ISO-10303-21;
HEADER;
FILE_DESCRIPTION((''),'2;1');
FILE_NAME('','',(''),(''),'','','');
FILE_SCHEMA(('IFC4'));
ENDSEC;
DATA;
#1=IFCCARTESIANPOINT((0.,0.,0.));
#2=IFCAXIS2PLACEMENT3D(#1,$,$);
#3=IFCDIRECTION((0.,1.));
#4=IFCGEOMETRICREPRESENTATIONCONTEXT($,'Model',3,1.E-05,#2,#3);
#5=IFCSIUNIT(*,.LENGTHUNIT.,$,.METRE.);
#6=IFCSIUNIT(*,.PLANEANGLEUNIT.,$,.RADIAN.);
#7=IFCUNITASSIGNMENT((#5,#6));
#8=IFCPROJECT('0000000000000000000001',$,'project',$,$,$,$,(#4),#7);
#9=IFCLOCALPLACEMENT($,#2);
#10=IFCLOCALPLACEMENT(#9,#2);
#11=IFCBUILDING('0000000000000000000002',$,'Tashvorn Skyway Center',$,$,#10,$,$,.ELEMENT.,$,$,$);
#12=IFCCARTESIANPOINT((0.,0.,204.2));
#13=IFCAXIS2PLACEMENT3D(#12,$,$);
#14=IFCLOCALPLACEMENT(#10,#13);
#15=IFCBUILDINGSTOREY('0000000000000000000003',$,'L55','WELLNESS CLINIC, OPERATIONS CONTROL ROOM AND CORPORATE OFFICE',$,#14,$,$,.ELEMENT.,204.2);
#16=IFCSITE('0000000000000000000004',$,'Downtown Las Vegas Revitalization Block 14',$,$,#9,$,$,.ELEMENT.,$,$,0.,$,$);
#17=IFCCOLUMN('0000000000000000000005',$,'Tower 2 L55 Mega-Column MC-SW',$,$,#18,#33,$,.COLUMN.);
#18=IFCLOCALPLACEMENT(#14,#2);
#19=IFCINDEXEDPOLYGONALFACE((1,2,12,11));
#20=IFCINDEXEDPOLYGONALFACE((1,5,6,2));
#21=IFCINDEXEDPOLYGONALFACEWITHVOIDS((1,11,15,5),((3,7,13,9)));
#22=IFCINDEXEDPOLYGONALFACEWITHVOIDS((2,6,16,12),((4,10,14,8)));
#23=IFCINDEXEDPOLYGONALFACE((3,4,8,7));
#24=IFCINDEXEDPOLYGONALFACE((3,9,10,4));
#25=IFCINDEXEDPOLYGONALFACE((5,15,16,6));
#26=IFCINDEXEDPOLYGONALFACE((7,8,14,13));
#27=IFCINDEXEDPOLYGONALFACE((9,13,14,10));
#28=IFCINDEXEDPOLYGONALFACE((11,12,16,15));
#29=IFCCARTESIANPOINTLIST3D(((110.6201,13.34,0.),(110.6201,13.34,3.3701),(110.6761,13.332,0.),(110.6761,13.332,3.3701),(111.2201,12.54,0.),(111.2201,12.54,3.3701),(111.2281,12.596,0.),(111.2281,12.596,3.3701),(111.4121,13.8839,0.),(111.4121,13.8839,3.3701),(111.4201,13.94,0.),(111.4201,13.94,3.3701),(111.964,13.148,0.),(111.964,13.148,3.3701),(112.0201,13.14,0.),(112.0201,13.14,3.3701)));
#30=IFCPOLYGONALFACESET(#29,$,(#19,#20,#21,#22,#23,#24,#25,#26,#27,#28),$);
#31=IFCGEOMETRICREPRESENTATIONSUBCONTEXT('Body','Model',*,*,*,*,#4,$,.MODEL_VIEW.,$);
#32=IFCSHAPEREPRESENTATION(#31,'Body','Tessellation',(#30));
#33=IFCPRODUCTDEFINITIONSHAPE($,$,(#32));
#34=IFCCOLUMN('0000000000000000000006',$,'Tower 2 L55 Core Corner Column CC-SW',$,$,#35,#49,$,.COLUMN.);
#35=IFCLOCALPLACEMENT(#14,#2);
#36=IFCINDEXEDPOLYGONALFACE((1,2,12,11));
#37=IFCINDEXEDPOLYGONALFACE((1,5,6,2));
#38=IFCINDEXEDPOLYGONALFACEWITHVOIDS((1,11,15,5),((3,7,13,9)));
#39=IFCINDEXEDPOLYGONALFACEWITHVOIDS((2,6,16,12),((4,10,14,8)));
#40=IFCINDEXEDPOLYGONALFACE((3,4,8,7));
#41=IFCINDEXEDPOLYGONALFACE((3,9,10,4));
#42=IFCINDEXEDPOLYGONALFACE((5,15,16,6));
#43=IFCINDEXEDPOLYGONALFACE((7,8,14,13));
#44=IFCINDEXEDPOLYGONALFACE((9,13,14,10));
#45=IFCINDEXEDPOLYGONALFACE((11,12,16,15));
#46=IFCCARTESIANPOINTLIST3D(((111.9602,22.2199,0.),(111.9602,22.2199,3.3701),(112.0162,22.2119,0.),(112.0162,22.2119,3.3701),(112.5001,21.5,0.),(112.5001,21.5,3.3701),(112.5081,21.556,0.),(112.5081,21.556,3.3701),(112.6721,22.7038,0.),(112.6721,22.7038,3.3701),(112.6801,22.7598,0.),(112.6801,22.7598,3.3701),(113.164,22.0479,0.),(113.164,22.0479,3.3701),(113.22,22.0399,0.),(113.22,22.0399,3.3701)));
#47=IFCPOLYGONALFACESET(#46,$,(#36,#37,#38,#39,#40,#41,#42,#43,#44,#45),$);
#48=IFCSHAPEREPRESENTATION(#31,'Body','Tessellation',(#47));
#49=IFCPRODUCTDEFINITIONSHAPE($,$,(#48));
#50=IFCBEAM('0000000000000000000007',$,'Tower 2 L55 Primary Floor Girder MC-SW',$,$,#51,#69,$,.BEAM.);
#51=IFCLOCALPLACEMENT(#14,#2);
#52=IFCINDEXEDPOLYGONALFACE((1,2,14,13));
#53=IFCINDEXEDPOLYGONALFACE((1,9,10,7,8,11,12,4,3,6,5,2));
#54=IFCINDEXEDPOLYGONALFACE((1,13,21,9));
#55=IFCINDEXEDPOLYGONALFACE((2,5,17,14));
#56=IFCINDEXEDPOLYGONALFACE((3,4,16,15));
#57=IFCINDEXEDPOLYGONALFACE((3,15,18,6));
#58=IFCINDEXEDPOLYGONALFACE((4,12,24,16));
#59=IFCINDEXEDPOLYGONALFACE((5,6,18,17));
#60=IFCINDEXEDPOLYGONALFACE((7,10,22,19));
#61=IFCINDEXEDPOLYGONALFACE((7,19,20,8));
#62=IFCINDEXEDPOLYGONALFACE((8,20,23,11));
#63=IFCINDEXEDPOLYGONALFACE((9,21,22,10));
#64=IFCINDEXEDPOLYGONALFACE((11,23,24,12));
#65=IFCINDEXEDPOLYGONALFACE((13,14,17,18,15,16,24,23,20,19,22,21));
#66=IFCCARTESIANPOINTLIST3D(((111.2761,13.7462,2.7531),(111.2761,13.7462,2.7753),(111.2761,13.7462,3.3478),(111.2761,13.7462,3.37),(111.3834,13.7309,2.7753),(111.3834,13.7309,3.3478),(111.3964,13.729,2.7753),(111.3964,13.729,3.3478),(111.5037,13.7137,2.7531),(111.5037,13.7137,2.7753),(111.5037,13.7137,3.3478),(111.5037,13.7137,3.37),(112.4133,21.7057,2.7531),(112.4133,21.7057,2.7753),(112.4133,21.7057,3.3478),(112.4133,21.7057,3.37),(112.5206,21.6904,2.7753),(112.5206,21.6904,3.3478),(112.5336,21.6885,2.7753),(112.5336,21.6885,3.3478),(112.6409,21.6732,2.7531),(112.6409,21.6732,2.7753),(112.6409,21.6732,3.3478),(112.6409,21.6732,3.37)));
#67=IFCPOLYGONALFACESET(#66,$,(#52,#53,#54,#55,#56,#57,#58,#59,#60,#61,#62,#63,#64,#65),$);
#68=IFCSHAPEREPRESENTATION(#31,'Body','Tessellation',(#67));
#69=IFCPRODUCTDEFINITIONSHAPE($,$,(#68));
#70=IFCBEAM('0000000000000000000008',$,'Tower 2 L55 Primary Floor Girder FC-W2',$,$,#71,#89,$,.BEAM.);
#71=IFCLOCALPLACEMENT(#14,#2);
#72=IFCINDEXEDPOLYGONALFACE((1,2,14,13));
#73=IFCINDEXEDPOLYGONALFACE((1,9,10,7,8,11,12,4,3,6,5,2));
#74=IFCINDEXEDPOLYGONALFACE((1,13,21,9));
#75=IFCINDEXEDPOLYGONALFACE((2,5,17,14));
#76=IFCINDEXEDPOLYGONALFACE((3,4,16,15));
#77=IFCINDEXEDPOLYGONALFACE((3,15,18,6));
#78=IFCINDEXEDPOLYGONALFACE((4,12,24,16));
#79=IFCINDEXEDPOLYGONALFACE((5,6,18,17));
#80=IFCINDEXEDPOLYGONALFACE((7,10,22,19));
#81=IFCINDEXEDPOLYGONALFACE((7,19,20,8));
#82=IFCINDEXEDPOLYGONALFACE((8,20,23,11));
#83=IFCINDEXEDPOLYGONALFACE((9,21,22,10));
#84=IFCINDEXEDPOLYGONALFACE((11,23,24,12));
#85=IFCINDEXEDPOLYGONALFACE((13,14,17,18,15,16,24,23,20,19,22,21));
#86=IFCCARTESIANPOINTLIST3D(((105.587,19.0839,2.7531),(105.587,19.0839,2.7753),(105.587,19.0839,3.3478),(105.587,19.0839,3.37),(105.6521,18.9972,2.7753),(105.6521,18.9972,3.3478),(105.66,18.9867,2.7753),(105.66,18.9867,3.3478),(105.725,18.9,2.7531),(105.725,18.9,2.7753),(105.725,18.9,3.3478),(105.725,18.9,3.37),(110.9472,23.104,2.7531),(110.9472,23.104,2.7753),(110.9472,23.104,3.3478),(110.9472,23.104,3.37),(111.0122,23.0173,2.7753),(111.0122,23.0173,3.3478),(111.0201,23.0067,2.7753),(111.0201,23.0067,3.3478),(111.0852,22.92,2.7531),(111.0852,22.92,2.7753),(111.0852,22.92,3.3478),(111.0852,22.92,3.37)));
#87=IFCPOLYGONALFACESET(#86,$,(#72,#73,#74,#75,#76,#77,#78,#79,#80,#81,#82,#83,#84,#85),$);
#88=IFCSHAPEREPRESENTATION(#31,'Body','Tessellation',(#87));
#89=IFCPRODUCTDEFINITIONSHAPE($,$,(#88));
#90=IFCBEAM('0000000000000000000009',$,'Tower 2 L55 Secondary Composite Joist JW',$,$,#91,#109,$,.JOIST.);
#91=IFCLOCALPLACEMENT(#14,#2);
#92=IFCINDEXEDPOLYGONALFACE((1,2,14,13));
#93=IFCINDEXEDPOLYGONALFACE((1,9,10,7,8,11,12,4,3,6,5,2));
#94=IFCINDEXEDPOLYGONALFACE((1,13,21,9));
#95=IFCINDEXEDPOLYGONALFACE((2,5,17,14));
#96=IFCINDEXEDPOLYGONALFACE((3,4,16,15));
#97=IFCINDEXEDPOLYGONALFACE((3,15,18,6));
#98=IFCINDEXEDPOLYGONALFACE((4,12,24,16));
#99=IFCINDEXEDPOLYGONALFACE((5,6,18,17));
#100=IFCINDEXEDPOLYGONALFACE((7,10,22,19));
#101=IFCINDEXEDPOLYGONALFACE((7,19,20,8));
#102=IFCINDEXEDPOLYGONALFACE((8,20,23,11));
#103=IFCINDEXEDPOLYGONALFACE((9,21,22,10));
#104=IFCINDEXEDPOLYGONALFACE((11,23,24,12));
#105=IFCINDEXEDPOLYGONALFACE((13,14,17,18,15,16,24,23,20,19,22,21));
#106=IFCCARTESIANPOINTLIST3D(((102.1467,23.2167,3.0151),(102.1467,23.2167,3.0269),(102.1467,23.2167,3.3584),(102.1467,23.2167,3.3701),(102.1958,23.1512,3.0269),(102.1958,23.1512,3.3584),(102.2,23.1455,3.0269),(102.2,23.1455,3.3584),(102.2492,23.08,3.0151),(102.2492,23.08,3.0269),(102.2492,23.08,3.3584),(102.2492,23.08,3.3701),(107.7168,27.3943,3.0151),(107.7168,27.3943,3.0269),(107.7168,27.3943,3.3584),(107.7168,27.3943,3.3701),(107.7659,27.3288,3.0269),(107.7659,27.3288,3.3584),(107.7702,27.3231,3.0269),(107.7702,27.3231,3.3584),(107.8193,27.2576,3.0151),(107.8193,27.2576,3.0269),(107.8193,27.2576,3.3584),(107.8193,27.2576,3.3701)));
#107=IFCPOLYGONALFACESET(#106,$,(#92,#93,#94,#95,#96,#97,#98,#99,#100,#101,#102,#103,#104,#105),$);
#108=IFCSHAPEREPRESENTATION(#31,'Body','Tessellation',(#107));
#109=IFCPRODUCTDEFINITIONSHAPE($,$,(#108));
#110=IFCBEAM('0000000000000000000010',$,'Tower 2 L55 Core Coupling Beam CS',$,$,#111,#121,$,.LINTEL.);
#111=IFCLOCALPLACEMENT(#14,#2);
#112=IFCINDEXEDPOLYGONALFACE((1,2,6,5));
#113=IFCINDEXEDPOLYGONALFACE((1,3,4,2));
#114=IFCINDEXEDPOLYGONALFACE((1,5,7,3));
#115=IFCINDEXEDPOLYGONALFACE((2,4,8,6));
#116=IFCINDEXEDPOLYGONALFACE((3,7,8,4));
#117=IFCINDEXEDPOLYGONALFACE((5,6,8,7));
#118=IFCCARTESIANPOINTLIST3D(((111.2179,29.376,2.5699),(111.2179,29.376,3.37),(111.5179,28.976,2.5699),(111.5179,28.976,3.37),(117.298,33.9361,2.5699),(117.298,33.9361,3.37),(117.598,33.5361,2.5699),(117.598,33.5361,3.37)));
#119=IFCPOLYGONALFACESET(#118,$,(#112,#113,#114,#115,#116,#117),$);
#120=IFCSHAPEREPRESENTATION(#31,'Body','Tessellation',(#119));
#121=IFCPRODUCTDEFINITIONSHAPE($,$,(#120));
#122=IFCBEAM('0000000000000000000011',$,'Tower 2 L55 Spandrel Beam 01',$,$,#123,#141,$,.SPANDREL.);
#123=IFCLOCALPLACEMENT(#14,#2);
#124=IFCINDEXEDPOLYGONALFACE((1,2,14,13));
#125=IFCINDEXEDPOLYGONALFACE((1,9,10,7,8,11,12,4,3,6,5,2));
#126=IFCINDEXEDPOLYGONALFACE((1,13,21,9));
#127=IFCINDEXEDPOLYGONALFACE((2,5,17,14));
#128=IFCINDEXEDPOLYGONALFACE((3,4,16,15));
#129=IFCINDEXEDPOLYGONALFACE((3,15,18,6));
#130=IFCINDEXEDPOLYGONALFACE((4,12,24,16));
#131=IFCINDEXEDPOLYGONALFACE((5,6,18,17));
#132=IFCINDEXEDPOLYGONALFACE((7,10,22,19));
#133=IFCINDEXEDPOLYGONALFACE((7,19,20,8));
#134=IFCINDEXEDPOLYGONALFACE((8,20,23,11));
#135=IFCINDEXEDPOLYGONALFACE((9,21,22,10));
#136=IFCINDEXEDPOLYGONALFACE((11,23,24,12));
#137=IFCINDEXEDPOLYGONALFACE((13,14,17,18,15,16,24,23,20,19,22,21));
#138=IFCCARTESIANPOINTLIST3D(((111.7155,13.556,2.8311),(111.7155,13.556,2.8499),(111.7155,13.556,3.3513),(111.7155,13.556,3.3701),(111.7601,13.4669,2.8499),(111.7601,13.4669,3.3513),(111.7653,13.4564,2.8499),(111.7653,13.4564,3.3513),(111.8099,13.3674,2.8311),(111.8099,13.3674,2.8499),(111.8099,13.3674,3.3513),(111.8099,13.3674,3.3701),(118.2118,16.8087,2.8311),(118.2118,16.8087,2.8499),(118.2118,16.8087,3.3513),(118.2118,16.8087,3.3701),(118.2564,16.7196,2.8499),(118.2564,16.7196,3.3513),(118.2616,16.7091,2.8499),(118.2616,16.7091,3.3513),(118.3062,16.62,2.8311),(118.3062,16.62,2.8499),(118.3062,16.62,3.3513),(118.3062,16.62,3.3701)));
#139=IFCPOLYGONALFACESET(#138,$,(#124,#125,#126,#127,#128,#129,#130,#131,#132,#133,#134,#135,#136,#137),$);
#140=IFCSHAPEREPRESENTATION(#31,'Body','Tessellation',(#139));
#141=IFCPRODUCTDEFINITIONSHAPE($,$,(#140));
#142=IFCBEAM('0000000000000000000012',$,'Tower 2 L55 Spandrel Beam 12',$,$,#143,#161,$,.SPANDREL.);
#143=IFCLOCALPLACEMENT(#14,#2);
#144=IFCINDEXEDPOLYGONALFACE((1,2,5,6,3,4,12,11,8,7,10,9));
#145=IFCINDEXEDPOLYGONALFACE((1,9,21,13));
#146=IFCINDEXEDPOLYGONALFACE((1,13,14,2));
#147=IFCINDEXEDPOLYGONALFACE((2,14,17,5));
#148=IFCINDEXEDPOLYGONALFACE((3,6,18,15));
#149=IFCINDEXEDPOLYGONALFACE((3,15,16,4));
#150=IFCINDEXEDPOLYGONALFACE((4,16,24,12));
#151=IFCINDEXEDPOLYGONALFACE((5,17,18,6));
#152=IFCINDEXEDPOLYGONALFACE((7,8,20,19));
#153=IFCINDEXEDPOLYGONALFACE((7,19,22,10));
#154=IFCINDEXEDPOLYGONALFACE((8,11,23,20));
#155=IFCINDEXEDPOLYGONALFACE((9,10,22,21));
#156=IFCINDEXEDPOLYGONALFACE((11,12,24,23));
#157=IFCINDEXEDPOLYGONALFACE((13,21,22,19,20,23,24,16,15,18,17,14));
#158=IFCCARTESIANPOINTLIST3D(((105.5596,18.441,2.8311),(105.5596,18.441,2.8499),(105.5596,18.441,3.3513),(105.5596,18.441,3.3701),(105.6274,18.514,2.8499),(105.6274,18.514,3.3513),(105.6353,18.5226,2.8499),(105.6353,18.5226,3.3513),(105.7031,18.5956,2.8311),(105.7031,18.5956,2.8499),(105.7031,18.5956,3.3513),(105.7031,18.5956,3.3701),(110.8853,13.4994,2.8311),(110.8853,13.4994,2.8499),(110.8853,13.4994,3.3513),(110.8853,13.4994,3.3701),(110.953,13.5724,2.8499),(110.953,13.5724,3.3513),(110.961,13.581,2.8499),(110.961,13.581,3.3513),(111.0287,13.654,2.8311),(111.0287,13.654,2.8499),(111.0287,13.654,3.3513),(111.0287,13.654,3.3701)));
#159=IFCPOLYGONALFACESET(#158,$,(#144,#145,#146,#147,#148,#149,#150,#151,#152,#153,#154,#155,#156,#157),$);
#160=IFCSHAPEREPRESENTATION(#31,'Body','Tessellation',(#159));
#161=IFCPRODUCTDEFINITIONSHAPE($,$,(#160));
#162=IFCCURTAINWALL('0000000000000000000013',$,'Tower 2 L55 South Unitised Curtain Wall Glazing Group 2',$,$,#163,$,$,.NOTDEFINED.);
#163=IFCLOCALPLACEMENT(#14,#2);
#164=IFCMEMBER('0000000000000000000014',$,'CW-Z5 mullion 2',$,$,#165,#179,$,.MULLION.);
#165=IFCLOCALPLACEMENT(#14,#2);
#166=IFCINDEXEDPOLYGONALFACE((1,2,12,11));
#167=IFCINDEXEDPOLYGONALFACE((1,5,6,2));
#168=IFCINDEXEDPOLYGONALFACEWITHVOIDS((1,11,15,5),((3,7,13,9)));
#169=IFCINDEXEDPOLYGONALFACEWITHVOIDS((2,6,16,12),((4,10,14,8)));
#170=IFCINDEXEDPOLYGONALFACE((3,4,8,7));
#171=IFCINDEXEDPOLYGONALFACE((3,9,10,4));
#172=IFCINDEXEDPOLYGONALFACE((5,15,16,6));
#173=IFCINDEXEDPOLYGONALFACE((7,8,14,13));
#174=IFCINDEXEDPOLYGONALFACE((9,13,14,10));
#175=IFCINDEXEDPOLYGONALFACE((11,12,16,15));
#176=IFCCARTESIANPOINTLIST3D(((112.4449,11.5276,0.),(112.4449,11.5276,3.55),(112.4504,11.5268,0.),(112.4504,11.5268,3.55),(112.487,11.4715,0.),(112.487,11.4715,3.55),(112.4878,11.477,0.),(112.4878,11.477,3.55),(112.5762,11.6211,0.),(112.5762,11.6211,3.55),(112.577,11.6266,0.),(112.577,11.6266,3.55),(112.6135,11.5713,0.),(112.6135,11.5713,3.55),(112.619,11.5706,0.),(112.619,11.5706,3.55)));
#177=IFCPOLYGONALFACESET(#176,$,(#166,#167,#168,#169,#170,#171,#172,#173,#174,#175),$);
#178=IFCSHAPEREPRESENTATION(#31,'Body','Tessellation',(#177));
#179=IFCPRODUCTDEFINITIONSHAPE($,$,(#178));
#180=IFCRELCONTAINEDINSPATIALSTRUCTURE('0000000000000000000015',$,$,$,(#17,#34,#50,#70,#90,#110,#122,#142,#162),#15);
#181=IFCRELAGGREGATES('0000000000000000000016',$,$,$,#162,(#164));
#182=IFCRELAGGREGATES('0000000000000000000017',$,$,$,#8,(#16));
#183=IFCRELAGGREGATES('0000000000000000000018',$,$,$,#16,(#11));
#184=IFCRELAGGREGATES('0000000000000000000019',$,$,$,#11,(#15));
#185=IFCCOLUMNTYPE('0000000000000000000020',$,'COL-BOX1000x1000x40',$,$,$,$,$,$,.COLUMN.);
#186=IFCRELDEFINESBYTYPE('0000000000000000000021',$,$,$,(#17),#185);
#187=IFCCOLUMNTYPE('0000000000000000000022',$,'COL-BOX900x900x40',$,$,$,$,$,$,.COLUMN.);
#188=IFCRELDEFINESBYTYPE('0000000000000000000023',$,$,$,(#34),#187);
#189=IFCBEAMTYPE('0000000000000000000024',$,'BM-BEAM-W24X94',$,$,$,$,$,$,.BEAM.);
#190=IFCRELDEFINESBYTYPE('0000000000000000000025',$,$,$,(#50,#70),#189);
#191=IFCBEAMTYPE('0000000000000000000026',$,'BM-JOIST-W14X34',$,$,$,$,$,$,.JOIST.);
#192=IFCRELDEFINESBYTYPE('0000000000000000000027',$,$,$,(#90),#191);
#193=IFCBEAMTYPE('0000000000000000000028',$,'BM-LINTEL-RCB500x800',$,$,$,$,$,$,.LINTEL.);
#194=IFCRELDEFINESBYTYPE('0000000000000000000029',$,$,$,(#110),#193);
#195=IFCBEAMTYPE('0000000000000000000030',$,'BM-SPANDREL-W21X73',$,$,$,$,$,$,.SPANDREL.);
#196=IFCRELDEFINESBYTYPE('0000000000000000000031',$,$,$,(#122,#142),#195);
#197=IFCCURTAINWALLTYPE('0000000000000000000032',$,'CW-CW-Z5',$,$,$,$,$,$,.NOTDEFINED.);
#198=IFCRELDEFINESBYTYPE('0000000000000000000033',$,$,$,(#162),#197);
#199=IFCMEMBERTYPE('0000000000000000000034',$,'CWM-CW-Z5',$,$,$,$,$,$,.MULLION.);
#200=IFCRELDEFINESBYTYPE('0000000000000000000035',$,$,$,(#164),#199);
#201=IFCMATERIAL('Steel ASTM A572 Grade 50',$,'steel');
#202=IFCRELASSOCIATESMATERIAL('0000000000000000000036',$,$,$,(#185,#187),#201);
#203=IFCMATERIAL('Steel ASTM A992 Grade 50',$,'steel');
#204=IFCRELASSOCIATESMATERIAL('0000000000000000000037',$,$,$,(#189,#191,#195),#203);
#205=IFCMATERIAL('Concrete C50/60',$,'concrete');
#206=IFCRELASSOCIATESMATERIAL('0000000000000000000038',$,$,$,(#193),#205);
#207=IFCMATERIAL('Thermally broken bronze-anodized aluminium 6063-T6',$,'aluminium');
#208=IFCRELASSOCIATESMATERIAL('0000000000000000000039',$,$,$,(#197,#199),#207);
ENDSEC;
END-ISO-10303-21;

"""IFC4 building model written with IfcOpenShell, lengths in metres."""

from ifc_helpers import new_model, si_unit, direction, frame, origin, origin_2d, place, context, subcontext, project, spatial, rectangle, hollow_rectangle, i_section, extrude, material, material_profile, profile_set, type_object, element, aggregate, save


model = new_model("IFC4")

# Units and contexts
model_context = context("Model", 3, precision=1e-05, world=origin(), true_north=direction((0.0, 1.0)))
body_context = subcontext(model_context, "Body", "Model", "MODEL_VIEW")
ifc_project = project(units=[si_unit("LENGTHUNIT", "METRE"), si_unit("PLANEANGLEUNIT", "RADIAN")], contexts=[model_context])

# Site, building, storey
site_placement = place(None, origin())
site = spatial("IfcSite", under=ifc_project, at=site_placement, Name="Downtown Las Vegas Revitalization Block 14", CompositionType="ELEMENT", RefElevation=0.0)
building_placement = place(site_placement, origin())
building = spatial("IfcBuilding", under=site, at=building_placement, Name="Tashvorn Skyway Center", CompositionType="ELEMENT")
storey_placement = place(building_placement, frame((0.0, 0.0, 204.2)))
storey = spatial("IfcBuildingStorey", under=building, at=storey_placement, Name="L55", Description="WELLNESS CLINIC, OPERATIONS CONTROL ROOM AND CORPORATE OFFICE", CompositionType="ELEMENT", Elevation=204.2)

# Columns
ifc_material_1 = material(Name="Steel ASTM A572 Grade 50", Category="steel")
ifc_material_profile_1 = material_profile(ifc_material_1, hollow_rectangle(XDim=1.0, YDim=1.0, WallThickness=0.04, at=origin_2d()), Name="BOX1000x1000x40")
ifc_profile_set_1 = profile_set([ifc_material_profile_1], Name="Steel ASTM A572 Grade 50")
column_type_1 = type_object("IfcColumnType", Name="COL-BOX1000x1000x40", PredefinedType="COLUMN", material=ifc_profile_set_1)
column_1_placement = place(storey_placement, frame((111.3201, 13.24, 0.0), z_axis=(0.0, 0.0, 1.0), x_axis=(0.8, 0.6, 0.0)))
element("IfcColumn", 1, at=column_1_placement, inside=storey, type_object=column_type_1, Name="Tower 2 L55 Mega-Column MC-SW", PredefinedType="COLUMN", context=body_context, shape_type="SweptSolid", body=[
    extrude(hollow_rectangle(XDim=1.0, YDim=1.0, WallThickness=0.04, at=origin_2d()), origin(), (0.0, 0.0, 1.0), 3.3701),
])
ifc_material_profile_2 = material_profile(ifc_material_1, hollow_rectangle(XDim=0.8999, YDim=0.8999, WallThickness=0.04, at=origin_2d()), Name="BOX900x900x40")
ifc_profile_set_2 = profile_set([ifc_material_profile_2], Name="Steel ASTM A572 Grade 50")
column_type_2 = type_object("IfcColumnType", Name="COL-BOX900x900x40", PredefinedType="COLUMN", material=ifc_profile_set_2)
column_2_placement = place(storey_placement, frame((112.5901, 22.1299, 0.0), z_axis=(0.0, 0.0, 1.0), x_axis=(0.8, 0.6, 0.0)))
element("IfcColumn", 2, at=column_2_placement, inside=storey, type_object=column_type_2, Name="Tower 2 L55 Core Corner Column CC-SW", PredefinedType="COLUMN", context=body_context, shape_type="SweptSolid", body=[
    extrude(hollow_rectangle(XDim=0.8999, YDim=0.8999, WallThickness=0.04, at=origin_2d()), origin(), (0.0, 0.0, 1.0), 3.3701),
])

# Beams
ifc_material_2 = material(Name="Steel ASTM A992 Grade 50", Category="steel")
ifc_material_profile_3 = material_profile(ifc_material_2, i_section(OverallWidth=0.23, OverallDepth=0.6169, WebThickness=0.0132, FlangeThickness=0.0222, at=origin_2d()), Name="W24X94")
ifc_profile_set_3 = profile_set([ifc_material_profile_3], Name="Steel ASTM A992 Grade 50")
beam_type_1 = type_object("IfcBeamType", Name="BM-BEAM-W24X94", PredefinedType="BEAM", material=ifc_profile_set_3)
beam_1_placement = place(storey_placement, frame((111.3899, 13.73, 3.0615), z_axis=(0.141438, 0.989947, 0.0), x_axis=(-0.989947, 0.141438, 0.0)))
element("IfcBeam", 3, at=beam_1_placement, inside=storey, type_object=beam_type_1, Name="Tower 2 L55 Primary Floor Girder MC-SW", PredefinedType="BEAM", context=body_context, shape_type="SweptSolid", body=[
    extrude(i_section(OverallWidth=0.23, OverallDepth=0.6169, WebThickness=0.0132, FlangeThickness=0.0222, at=origin_2d()), origin(), (0.0, 0.0, 1.0), 8.0403),
])
beam_2_placement = place(storey_placement, frame((105.656, 18.9919, 3.0615), z_axis=(0.800004, 0.599994, 0.0), x_axis=(-0.599994, 0.800004, 0.0)))
element("IfcBeam", 4, at=beam_2_placement, inside=storey, type_object=beam_type_1, Name="Tower 2 L55 Primary Floor Girder FC-W2", PredefinedType="BEAM", context=body_context, shape_type="SweptSolid", body=[
    extrude(i_section(OverallWidth=0.23, OverallDepth=0.6169, WebThickness=0.0132, FlangeThickness=0.0222, at=origin_2d()), origin(), (0.0, 0.0, 1.0), 6.7002),
])
ifc_material_profile_4 = material_profile(ifc_material_2, i_section(OverallWidth=0.1709, OverallDepth=0.355, WebThickness=0.0071, FlangeThickness=0.0117, at=origin_2d()), Name="W14X34")
ifc_profile_set_4 = profile_set([ifc_material_profile_4], Name="Steel ASTM A992 Grade 50")
beam_type_2 = type_object("IfcBeamType", Name="BM-JOIST-W14X34", PredefinedType="JOIST", material=ifc_profile_set_4)
beam_3_placement = place(storey_placement, frame((107.7681, 27.3259, 3.1926), z_axis=(-0.800004, -0.599994, 0.0), x_axis=(0.599994, -0.800004, 0.0)))
element("IfcBeam", 5, at=beam_3_placement, inside=storey, type_object=beam_type_2, Name="Tower 2 L55 Secondary Composite Joist JW", PredefinedType="JOIST", context=body_context, shape_type="SweptSolid", body=[
    extrude(i_section(OverallWidth=0.1709, OverallDepth=0.355, WebThickness=0.0071, FlangeThickness=0.0117, at=origin_2d()), origin(), (0.0, 0.0, 1.0), 6.9626),
])
ifc_material_3 = material(Name="Concrete C50/60", Category="concrete")
ifc_material_profile_5 = material_profile(ifc_material_3, rectangle(XDim=0.5, YDim=0.8, at=origin_2d()), Name="RCB500x800")
ifc_profile_set_5 = profile_set([ifc_material_profile_5], Name="Concrete C50/60")
beam_type_3 = type_object("IfcBeamType", Name="BM-LINTEL-RCB500x800", PredefinedType="LINTEL", material=ifc_profile_set_5)
beam_4_placement = place(storey_placement, frame((111.3679, 29.176, 2.97), z_axis=(0.8, 0.6, 0.0), x_axis=(-0.6, 0.8, 0.0)))
element("IfcBeam", 6, at=beam_4_placement, inside=storey, type_object=beam_type_3, Name="Tower 2 L55 Core Coupling Beam CS", PredefinedType="LINTEL", context=body_context, shape_type="SweptSolid", body=[
    extrude(rectangle(XDim=0.5, YDim=0.8, at=origin_2d()), origin(), (0.0, 0.0, 1.0), 7.6001),
])
ifc_material_profile_6 = material_profile(ifc_material_2, i_section(OverallWidth=0.2109, OverallDepth=0.5391, WebThickness=0.0117, FlangeThickness=0.0188, at=origin_2d()), Name="W21X73")
ifc_profile_set_6 = profile_set([ifc_material_profile_6], Name="Steel ASTM A992 Grade 50")
beam_type_4 = type_object("IfcBeamType", Name="BM-SPANDREL-W21X73", PredefinedType="SPANDREL", material=ifc_profile_set_6)
for number, where, z_axis, x_axis, name in (
    (7, (111.7627, 13.4617, 3.1006), (0.894178, 0.447711, 0.0), (-0.447711, 0.894178, 0.0), "Tower 2 L55 Spandrel Beam 01"),
    (8, (105.6313, 18.5183, 3.1006), (0.733042, -0.680183, 0.0), (0.680183, 0.733042, 0.0), "Tower 2 L55 Spandrel Beam 12"),
):
    element("IfcBeam", number, at=place(storey_placement, frame(where, z_axis=z_axis, x_axis=x_axis)), inside=storey, type_object=beam_type_4, Name=name, PredefinedType="SPANDREL", context=body_context, shape_type="SweptSolid", body=[
        extrude(i_section(OverallWidth=0.2109, OverallDepth=0.5391, WebThickness=0.0117, FlangeThickness=0.0188, at=origin_2d()), origin(), (0.0, 0.0, 1.0), 7.2651),
    ])

# Curtain wall, member
ifc_material_4 = material(Name="Thermally broken bronze-anodized aluminium 6063-T6", Category="aluminium")
curtain_wall_type = type_object("IfcCurtainWallType", Name="CW-CW-Z5", PredefinedType="NOTDEFINED", material=ifc_material_4)
curtain_wall_1_placement = place(storey_placement, origin())
curtain_wall_1 = element("IfcCurtainWall", 9, at=curtain_wall_1_placement, inside=storey, type_object=curtain_wall_type, Name="Tower 2 L55 South Unitised Curtain Wall Glazing Group 2", PredefinedType="NOTDEFINED")
ifc_material_profile_7 = material_profile(ifc_material_4, hollow_rectangle(XDim=0.0701, YDim=0.165, WallThickness=0.0039, at=origin_2d()), Name="ALU-MULL-70x165")
ifc_profile_set_7 = profile_set([ifc_material_profile_7], Name="Thermally broken bronze-anodized aluminium 6063-T6")
member_type_1 = type_object("IfcMemberType", Name="CWM-CW-Z5", PredefinedType="MULLION", material=ifc_profile_set_7)
member_1_placement = place(storey_placement, frame((112.532, 11.5491, 0.0), z_axis=(0.0, 0.0, 1.0), x_axis=(0.600002, -0.799999, 0.0)))
member_1 = element("IfcMember", 10, at=member_1_placement, type_object=member_type_1, Name="CW-Z5 mullion 2", PredefinedType="MULLION", context=body_context, shape_type="SweptSolid", body=[
    extrude(hollow_rectangle(XDim=0.0701, YDim=0.165, WallThickness=0.0039, at=origin_2d()), origin(), (0.0, 0.0, 1.0), 3.55),
])
aggregate(curtain_wall_1, [member_1])

save(model, "model.ifc")
